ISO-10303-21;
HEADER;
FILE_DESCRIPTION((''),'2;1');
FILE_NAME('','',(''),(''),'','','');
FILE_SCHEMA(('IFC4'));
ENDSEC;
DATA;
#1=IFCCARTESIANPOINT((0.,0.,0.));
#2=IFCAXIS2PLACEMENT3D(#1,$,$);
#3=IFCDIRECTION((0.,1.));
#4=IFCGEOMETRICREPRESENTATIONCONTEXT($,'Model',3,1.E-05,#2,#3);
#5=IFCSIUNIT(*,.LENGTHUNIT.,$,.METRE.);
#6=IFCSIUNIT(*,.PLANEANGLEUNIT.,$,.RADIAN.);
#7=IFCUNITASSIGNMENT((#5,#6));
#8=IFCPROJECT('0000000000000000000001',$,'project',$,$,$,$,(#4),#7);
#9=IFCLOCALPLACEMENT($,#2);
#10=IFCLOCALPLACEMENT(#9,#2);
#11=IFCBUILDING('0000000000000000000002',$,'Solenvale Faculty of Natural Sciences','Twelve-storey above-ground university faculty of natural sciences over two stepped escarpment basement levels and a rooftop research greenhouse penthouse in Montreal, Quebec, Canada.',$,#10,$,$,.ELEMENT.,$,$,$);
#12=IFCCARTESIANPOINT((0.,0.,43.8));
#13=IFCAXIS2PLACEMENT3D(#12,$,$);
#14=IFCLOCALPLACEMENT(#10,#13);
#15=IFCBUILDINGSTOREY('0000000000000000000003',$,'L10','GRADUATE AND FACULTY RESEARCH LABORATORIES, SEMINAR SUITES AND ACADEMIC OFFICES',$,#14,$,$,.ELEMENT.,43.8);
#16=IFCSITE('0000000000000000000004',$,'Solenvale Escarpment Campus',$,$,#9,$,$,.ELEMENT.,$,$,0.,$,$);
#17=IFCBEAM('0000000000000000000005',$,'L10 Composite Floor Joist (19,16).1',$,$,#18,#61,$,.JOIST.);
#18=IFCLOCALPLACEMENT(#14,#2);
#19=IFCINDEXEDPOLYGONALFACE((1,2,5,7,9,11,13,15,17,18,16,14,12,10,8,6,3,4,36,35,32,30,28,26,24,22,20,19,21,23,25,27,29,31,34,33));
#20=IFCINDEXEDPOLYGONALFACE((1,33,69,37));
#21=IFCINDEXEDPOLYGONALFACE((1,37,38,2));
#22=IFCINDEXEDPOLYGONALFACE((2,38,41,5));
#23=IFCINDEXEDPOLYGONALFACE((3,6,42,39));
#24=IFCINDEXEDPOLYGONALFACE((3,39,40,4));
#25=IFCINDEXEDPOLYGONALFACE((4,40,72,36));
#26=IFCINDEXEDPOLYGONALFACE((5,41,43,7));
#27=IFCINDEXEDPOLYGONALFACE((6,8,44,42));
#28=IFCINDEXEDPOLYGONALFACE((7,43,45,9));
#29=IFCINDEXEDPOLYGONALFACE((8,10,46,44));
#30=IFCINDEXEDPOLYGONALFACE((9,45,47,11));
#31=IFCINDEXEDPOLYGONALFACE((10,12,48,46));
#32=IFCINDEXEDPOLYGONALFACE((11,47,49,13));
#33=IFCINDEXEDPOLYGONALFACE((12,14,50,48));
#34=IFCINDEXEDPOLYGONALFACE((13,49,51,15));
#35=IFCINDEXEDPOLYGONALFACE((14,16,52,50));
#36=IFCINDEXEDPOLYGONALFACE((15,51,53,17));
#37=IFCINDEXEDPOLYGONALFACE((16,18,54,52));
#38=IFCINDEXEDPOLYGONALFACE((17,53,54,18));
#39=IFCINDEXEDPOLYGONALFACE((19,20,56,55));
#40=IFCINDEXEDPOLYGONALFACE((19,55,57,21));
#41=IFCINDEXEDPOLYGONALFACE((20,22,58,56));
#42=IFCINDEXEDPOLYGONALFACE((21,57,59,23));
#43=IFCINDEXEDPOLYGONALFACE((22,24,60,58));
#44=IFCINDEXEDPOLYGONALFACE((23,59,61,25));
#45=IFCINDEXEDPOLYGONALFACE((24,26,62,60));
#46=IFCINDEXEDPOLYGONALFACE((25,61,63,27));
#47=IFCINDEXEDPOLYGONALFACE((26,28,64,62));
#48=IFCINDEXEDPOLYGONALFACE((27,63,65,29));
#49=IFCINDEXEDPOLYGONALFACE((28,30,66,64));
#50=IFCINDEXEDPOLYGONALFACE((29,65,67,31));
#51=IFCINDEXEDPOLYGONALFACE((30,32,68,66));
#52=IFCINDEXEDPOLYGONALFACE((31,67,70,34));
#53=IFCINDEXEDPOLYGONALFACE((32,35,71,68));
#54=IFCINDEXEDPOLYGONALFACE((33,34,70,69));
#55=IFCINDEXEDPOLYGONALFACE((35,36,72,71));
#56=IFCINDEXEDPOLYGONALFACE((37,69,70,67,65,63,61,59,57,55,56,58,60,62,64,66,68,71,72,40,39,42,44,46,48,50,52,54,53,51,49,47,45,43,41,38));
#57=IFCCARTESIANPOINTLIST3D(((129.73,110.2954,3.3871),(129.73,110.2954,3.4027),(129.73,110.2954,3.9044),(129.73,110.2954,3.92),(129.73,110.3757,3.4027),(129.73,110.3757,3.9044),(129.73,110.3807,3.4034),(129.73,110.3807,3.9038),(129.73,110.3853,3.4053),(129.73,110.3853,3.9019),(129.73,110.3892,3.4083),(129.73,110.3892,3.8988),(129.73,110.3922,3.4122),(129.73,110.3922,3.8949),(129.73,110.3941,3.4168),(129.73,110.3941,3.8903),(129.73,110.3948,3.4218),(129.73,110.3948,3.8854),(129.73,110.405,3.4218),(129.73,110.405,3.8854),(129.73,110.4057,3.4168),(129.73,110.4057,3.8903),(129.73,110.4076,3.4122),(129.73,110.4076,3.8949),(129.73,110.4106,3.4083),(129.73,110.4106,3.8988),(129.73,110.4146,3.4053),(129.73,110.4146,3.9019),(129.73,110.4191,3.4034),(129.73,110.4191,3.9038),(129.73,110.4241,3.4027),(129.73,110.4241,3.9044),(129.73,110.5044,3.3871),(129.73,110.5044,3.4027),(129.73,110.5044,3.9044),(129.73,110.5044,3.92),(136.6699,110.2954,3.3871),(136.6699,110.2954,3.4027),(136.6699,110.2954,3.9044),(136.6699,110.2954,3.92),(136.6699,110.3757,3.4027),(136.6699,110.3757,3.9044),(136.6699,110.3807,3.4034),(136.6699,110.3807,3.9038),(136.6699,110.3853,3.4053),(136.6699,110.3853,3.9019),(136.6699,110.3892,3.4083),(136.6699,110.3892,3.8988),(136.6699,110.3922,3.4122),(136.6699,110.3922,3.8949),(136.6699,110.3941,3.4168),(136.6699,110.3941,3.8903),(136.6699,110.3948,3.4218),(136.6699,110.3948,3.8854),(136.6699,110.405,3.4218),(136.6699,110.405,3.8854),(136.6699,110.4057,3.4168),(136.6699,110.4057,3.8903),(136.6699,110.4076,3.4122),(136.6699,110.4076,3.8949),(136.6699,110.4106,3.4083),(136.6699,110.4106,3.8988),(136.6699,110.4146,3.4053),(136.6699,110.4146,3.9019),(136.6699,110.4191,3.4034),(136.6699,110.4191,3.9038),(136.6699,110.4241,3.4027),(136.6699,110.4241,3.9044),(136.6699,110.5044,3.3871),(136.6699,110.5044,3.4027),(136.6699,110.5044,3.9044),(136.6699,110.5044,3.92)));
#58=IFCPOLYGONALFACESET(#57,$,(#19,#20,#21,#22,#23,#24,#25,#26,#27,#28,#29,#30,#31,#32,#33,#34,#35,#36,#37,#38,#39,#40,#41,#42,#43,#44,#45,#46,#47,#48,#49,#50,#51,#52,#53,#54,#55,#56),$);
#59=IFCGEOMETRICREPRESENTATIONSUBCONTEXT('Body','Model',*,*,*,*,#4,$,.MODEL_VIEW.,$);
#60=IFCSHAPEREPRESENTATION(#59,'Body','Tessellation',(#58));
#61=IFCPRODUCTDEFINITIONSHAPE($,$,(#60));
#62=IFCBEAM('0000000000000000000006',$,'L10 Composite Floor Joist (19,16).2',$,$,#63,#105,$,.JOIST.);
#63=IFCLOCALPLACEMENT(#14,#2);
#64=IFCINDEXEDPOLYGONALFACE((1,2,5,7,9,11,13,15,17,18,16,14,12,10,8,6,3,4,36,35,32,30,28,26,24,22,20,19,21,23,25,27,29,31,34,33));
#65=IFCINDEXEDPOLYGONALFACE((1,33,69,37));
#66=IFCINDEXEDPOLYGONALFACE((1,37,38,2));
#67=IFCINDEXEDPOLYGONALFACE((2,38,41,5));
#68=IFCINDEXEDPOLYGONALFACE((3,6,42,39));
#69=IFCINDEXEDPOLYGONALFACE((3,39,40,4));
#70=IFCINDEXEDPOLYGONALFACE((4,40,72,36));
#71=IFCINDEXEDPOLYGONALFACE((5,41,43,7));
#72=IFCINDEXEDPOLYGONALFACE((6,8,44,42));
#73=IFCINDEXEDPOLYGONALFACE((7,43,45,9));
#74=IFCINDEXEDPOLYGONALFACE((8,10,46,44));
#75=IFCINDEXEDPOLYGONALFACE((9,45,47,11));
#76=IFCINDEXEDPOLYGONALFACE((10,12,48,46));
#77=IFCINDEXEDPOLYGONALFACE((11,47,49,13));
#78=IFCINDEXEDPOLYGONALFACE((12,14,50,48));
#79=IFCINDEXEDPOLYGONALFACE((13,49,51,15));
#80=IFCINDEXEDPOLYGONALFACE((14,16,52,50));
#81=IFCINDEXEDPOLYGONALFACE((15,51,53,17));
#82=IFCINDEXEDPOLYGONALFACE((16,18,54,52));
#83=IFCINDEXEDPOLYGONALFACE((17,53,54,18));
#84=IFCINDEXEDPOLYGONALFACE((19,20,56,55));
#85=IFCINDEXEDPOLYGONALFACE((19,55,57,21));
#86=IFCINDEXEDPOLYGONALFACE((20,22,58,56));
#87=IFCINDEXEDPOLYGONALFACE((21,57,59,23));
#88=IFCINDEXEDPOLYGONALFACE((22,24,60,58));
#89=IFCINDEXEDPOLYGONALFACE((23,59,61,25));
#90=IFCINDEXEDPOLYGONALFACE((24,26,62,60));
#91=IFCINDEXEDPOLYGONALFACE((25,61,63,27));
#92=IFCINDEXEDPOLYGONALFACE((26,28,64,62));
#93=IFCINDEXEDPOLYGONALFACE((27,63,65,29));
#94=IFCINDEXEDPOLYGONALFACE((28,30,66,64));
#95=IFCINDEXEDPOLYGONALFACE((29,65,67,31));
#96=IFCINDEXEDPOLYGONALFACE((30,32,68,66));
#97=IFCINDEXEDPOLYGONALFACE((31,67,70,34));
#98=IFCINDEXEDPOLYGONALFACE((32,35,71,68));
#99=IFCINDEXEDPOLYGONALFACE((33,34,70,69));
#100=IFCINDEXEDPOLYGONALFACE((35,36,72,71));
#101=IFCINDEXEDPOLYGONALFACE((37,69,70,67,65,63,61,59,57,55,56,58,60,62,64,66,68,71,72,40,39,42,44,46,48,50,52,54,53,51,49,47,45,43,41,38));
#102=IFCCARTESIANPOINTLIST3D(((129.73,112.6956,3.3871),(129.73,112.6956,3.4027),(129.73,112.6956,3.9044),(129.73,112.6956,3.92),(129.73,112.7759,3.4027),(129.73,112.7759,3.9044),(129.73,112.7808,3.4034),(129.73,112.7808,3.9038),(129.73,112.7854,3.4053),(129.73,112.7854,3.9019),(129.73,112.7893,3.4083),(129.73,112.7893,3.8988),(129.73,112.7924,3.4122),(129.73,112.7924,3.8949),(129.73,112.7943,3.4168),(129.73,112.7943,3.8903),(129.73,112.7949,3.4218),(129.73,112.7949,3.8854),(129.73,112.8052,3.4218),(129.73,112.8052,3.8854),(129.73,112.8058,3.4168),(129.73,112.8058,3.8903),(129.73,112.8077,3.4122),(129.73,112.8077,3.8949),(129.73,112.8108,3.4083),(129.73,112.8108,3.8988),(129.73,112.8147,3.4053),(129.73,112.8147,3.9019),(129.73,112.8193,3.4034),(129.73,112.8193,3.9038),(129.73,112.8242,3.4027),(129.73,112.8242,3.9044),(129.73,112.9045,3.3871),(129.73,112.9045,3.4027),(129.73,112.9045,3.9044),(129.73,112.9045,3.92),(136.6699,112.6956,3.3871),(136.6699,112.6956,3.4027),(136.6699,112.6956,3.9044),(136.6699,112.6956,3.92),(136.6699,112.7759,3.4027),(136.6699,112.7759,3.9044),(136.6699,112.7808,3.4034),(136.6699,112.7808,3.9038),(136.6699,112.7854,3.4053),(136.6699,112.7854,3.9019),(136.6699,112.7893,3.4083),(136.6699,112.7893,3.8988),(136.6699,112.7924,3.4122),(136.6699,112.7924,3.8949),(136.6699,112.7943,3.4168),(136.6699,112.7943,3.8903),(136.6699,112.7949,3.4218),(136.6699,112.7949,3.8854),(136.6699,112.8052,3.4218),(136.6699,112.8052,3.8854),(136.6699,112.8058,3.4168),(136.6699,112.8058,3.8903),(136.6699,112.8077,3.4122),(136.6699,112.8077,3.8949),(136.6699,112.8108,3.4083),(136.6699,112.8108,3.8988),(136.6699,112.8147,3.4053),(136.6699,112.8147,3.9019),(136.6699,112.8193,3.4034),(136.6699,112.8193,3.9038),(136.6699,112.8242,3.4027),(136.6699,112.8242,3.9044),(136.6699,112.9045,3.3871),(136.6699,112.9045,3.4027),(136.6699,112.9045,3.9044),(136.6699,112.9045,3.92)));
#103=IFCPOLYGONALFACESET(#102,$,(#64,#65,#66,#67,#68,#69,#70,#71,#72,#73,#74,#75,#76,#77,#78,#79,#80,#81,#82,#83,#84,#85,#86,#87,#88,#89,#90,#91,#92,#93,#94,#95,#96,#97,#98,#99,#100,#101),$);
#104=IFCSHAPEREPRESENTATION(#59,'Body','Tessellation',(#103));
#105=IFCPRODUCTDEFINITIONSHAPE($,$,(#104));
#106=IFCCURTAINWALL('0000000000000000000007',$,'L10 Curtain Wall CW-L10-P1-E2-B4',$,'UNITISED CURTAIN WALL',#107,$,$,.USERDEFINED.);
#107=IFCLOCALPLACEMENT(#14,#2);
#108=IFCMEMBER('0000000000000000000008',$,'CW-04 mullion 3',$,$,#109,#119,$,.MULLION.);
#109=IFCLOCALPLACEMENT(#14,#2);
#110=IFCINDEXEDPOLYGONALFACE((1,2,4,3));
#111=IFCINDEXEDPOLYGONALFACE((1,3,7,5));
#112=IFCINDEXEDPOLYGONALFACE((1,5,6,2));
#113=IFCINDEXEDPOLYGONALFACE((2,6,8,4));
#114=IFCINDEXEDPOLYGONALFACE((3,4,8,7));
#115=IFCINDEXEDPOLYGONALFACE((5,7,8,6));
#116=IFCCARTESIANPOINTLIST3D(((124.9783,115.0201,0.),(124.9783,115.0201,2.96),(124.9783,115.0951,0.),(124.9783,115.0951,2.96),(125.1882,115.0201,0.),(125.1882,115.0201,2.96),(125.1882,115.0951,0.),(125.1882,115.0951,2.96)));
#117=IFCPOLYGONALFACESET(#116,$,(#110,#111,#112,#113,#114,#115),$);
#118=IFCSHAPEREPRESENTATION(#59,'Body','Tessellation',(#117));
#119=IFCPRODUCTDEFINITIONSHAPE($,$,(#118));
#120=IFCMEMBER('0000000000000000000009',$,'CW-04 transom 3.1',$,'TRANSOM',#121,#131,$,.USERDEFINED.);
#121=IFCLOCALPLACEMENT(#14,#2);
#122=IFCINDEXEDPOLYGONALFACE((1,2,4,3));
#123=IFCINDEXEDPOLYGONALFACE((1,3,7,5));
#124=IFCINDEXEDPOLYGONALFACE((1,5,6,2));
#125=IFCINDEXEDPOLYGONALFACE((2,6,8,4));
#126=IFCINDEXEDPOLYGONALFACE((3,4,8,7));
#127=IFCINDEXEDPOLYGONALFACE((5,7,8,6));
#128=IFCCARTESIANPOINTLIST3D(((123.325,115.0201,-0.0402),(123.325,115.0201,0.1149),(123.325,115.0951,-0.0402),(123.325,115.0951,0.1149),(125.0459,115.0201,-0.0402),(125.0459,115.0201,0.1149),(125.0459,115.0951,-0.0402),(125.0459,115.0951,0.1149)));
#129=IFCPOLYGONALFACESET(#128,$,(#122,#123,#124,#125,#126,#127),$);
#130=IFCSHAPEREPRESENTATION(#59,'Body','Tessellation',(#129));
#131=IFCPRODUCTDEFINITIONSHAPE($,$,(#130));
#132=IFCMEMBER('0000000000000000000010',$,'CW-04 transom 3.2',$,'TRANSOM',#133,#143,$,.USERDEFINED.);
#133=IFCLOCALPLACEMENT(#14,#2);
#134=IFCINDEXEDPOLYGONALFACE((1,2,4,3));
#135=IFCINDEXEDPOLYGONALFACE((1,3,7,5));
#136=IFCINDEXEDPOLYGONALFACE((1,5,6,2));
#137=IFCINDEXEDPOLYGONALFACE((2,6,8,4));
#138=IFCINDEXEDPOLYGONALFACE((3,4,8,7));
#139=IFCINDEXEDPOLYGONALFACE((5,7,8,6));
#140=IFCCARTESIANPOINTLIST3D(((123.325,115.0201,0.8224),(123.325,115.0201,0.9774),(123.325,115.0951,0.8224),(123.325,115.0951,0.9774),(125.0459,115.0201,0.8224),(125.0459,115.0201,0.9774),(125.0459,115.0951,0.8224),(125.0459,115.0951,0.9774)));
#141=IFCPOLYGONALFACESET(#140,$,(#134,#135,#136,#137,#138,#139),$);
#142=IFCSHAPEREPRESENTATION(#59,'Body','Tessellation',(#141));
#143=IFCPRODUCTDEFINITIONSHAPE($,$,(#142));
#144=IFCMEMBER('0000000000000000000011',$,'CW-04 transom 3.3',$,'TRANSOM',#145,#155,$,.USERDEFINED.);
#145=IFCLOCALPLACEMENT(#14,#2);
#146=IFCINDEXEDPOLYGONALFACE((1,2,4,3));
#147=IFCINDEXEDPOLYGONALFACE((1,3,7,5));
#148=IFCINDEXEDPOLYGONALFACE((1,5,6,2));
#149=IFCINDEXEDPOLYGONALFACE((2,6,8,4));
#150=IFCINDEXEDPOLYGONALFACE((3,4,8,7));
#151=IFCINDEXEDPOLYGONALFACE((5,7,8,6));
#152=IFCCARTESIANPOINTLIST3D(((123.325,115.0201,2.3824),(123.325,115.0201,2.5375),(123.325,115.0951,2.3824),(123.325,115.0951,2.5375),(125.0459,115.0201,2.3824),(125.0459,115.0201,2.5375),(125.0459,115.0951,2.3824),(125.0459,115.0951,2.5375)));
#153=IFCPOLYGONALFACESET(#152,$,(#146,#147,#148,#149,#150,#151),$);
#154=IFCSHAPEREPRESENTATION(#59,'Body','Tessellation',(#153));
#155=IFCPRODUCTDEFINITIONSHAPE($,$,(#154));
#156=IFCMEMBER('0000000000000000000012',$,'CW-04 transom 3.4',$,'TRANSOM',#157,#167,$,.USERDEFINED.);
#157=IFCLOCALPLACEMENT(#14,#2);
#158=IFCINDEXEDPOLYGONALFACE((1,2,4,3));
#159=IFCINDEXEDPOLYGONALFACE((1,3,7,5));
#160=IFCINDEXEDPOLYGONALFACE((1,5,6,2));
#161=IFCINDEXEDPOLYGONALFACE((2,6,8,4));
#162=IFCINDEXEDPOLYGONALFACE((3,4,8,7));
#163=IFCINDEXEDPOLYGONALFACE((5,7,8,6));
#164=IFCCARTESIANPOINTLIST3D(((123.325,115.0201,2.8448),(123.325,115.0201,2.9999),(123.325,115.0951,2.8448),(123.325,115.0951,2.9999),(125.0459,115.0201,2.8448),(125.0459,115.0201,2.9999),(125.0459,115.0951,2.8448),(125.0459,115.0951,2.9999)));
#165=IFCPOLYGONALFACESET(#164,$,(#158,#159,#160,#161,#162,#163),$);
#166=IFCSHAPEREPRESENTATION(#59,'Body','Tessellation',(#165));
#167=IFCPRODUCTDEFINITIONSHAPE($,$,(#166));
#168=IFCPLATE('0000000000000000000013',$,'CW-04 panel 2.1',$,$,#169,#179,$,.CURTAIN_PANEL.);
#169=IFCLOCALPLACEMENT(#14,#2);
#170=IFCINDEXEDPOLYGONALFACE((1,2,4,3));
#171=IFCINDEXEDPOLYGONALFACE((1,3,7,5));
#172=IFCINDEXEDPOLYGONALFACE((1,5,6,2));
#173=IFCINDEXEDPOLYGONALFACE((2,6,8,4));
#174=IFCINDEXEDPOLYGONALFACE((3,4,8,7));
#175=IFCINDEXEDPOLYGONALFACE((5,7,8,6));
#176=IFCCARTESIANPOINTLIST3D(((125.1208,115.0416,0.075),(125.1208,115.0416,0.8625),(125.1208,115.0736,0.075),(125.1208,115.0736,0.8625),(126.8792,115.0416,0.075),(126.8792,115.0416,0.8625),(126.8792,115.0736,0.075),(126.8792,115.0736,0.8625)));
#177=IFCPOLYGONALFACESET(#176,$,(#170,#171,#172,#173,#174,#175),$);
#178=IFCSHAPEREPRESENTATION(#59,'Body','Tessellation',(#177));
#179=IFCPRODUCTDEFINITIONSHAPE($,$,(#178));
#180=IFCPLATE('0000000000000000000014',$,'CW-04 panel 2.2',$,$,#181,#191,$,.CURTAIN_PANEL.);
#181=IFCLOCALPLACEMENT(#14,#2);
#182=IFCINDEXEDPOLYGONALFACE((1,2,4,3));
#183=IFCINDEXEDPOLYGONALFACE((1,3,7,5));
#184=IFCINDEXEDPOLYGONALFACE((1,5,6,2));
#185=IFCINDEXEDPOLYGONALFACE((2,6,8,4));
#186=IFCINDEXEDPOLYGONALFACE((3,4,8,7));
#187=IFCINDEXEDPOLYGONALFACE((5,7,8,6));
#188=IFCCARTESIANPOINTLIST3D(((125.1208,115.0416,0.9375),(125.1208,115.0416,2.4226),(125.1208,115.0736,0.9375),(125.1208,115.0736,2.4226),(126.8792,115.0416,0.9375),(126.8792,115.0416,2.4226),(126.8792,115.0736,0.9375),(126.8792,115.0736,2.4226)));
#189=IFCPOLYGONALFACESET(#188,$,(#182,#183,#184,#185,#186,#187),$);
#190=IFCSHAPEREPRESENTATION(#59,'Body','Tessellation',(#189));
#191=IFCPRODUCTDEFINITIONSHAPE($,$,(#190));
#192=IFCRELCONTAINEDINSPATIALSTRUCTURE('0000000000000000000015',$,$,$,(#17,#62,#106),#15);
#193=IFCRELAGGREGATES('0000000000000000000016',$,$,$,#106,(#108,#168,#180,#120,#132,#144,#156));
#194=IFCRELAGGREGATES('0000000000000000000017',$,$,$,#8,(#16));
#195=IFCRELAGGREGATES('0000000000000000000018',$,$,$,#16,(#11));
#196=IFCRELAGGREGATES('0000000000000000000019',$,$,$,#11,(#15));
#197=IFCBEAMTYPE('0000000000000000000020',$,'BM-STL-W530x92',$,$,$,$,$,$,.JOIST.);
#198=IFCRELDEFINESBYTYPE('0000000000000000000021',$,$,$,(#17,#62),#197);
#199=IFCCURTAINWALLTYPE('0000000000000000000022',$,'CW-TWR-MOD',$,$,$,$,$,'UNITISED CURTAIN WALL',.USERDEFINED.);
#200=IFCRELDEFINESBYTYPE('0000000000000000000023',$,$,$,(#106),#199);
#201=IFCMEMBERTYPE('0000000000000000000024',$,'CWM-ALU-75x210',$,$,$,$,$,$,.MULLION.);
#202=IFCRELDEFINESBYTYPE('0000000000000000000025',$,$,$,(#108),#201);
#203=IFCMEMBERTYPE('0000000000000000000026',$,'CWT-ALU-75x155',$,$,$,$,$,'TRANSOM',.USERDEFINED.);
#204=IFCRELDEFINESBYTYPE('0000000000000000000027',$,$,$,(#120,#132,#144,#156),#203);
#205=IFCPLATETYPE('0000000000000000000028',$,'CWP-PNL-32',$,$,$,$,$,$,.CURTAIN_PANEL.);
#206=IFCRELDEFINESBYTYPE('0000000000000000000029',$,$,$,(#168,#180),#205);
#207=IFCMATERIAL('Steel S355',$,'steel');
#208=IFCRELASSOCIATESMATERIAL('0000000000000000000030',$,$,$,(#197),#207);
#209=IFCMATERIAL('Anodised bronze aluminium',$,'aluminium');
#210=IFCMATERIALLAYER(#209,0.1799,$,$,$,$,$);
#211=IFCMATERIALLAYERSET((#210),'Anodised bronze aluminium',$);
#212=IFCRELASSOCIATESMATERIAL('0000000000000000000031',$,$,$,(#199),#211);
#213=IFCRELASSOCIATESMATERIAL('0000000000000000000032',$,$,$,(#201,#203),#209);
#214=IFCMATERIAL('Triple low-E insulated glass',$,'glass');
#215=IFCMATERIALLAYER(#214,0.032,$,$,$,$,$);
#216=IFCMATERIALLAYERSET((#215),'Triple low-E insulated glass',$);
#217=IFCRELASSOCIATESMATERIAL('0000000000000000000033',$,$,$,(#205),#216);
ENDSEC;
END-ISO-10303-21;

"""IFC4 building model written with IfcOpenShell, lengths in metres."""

from ifc_helpers import new_model, si_unit, direction, frame, origin, origin_2d, place, context, subcontext, project, spatial, rectangle, i_section, extrude, material, layer, layer_set, material_profile, profile_set, type_object, element, aggregate, save


model = new_model("IFC4")

# Units and contexts
model_context = context("Model", 3, precision=1e-05, world=origin(), true_north=direction((0.0, 1.0)))
body_context = subcontext(model_context, "Body", "Model", "MODEL_VIEW")
ifc_project = project(units=[si_unit("LENGTHUNIT", "METRE"), si_unit("PLANEANGLEUNIT", "RADIAN")], contexts=[model_context])

# Site, building, storey
site_placement = place(None, origin())
site = spatial("IfcSite", under=ifc_project, at=site_placement, Name="Solenvale Escarpment Campus", CompositionType="ELEMENT", RefElevation=0.0)
building_placement = place(site_placement, origin())
building = spatial("IfcBuilding", under=site, at=building_placement, Name="Solenvale Faculty of Natural Sciences", Description="Twelve-storey above-ground university faculty of natural sciences over two stepped escarpment basement levels and a rooftop research greenhouse penthouse in Montreal, Quebec, Canada.", CompositionType="ELEMENT")
storey_placement = place(building_placement, frame((0.0, 0.0, 43.8)))
storey = spatial("IfcBuildingStorey", under=building, at=storey_placement, Name="L10", Description="GRADUATE AND FACULTY RESEARCH LABORATORIES, SEMINAR SUITES AND ACADEMIC OFFICES", CompositionType="ELEMENT", Elevation=43.8)

# Beams
ifc_material_1 = material(Name="Steel S355", Category="steel")
ifc_material_profile_1 = material_profile(ifc_material_1, i_section(OverallWidth=0.209, OverallDepth=0.533, WebThickness=0.0103, FlangeThickness=0.0156, FilletRadius=0.019, at=origin_2d()), Name="W530x92")
ifc_profile_set_1 = profile_set([ifc_material_profile_1], Name="Steel S355")
beam_type_1 = type_object("IfcBeamType", Name="BM-STL-W530x92", PredefinedType="JOIST", material=ifc_profile_set_1)
for number, where, z_axis, x_axis, name in (
    (1, (129.73, 110.3999, 3.6536), (1.0, 0.0, 0.0), (0.0, 1.0, 0.0), "L10 Composite Floor Joist (19,16).1"),
    (2, (129.73, 112.8, 3.6536), (1.0, 0.0, 0.0), (0.0, 1.0, 0.0), "L10 Composite Floor Joist (19,16).2"),
):
    element("IfcBeam", number, at=place(storey_placement, frame(where, z_axis=z_axis, x_axis=x_axis)), inside=storey, type_object=beam_type_1, Name=name, PredefinedType="JOIST", context=body_context, shape_type="SweptSolid", body=[
        extrude(i_section(OverallWidth=0.209, OverallDepth=0.533, WebThickness=0.0103, FlangeThickness=0.0156, FilletRadius=0.019, at=origin_2d()), origin(), (0.0, 0.0, 1.0), 6.9399),
    ])

# Curtain wall, members, plates
ifc_material_2 = material(Name="Anodised bronze aluminium", Category="aluminium")
ifc_layer_1 = layer(ifc_material_2, 0.1799)
ifc_layer_set_1 = layer_set([ifc_layer_1], Name="Anodised bronze aluminium")
curtain_wall_type = type_object("IfcCurtainWallType", Name="CW-TWR-MOD", ElementType="UNITISED CURTAIN WALL", PredefinedType="USERDEFINED", material=ifc_layer_set_1)
curtain_wall_placement = place(storey_placement, origin())
curtain_wall = element("IfcCurtainWall", 3, at=curtain_wall_placement, inside=storey, type_object=curtain_wall_type, Name="L10 Curtain Wall CW-L10-P1-E2-B4", ObjectType="UNITISED CURTAIN WALL", PredefinedType="USERDEFINED")
ifc_material_profile_2 = material_profile(ifc_material_2, rectangle(XDim=0.075, YDim=0.21, at=origin_2d()), Name="ALU-MUL-75x210")
ifc_profile_set_2 = profile_set([ifc_material_profile_2], Name="Anodised bronze aluminium")
member_type_1 = type_object("IfcMemberType", Name="CWM-ALU-75x210", PredefinedType="MULLION", material=ifc_profile_set_2)
member_1_placement = place(storey_placement, frame((125.0833, 115.0576, 0.0), z_axis=(0.0, 0.0, 1.0), x_axis=(0.0, -1.0, 0.0)))
member_1 = element("IfcMember", 4, at=member_1_placement, type_object=member_type_1, Name="CW-04 mullion 3", PredefinedType="MULLION", context=body_context, shape_type="SweptSolid", body=[
    extrude(rectangle(XDim=0.075, YDim=0.21, at=origin_2d()), origin(), (0.0, 0.0, 1.0), 2.96),
])
ifc_material_profile_3 = material_profile(ifc_material_2, rectangle(XDim=0.075, YDim=0.155, at=origin_2d()), Name="ALU-TRN-75x155")
ifc_profile_set_3 = profile_set([ifc_material_profile_3], Name="Anodised bronze aluminium")
member_type_2 = type_object("IfcMemberType", Name="CWT-ALU-75x155", ElementType="TRANSOM", PredefinedType="USERDEFINED", material=ifc_profile_set_3)
member_2_placement = place(storey_placement, frame((125.0459, 115.0576, 0.0374), z_axis=(-1.0, 0.0, 0.0), x_axis=(0.0, -1.0, 0.0)))
member_2 = element("IfcMember", 5, at=member_2_placement, type_object=member_type_2, Name="CW-04 transom 3.1", ObjectType="TRANSOM", PredefinedType="USERDEFINED", context=body_context, shape_type="SweptSolid", body=[
    extrude(rectangle(XDim=0.075, YDim=0.155, at=origin_2d()), origin(), (0.0, 0.0, 1.0), 1.7209),
])
member_3_placement = place(storey_placement, frame((125.0459, 115.0576, 0.8999), z_axis=(-1.0, 0.0, 0.0), x_axis=(0.0, -1.0, 0.0)))
member_3 = element("IfcMember", 6, at=member_3_placement, type_object=member_type_2, Name="CW-04 transom 3.2", ObjectType="TRANSOM", PredefinedType="USERDEFINED", context=body_context, shape_type="SweptSolid", body=[
    extrude(rectangle(XDim=0.075, YDim=0.155, at=origin_2d()), origin(), (0.0, 0.0, 1.0), 1.7209),
])
member_4_placement = place(storey_placement, frame((125.0459, 115.0576, 2.46), z_axis=(-1.0, 0.0, 0.0), x_axis=(0.0, -1.0, 0.0)))
member_4 = element("IfcMember", 7, at=member_4_placement, type_object=member_type_2, Name="CW-04 transom 3.3", ObjectType="TRANSOM", PredefinedType="USERDEFINED", context=body_context, shape_type="SweptSolid", body=[
    extrude(rectangle(XDim=0.075, YDim=0.155, at=origin_2d()), origin(), (0.0, 0.0, 1.0), 1.7209),
])
member_5_placement = place(storey_placement, frame((125.0459, 115.0576, 2.9224), z_axis=(-1.0, 0.0, 0.0), x_axis=(0.0, -1.0, 0.0)))
member_5 = element("IfcMember", 8, at=member_5_placement, type_object=member_type_2, Name="CW-04 transom 3.4", ObjectType="TRANSOM", PredefinedType="USERDEFINED", context=body_context, shape_type="SweptSolid", body=[
    extrude(rectangle(XDim=0.075, YDim=0.155, at=origin_2d()), origin(), (0.0, 0.0, 1.0), 1.7209),
])
ifc_material_3 = material(Name="Triple low-E insulated glass", Category="glass")
ifc_layer_2 = layer(ifc_material_3, 0.032)
ifc_layer_set_2 = layer_set([ifc_layer_2], Name="Triple low-E insulated glass")
plate_type = type_object("IfcPlateType", Name="CWP-PNL-32", PredefinedType="CURTAIN_PANEL", material=ifc_layer_set_2)
plate_1_placement = place(storey_placement, frame((126.0, 115.0576, 0.075), z_axis=(0.0, 0.0, 1.0), x_axis=(-1.0, 0.0, 0.0)))
plate_1 = element("IfcPlate", 9, at=plate_1_placement, type_object=plate_type, Name="CW-04 panel 2.1", PredefinedType="CURTAIN_PANEL", context=body_context, shape_type="SweptSolid", body=[
    extrude(rectangle(XDim=1.7583, YDim=0.032, at=origin_2d()), origin(), (0.0, 0.0, 1.0), 0.7876),
])
plate_2_placement = place(storey_placement, frame((126.0, 115.0576, 0.9375), z_axis=(0.0, 0.0, 1.0), x_axis=(-1.0, 0.0, 0.0)))
plate_2 = element("IfcPlate", 10, at=plate_2_placement, type_object=plate_type, Name="CW-04 panel 2.2", PredefinedType="CURTAIN_PANEL", context=body_context, shape_type="SweptSolid", body=[
    extrude(rectangle(XDim=1.7583, YDim=0.032, at=origin_2d()), origin(), (0.0, 0.0, 1.0), 1.4851),
])
aggregate(curtain_wall, [member_1, plate_1, plate_2, member_2, member_3, member_4, member_5])

save(model, "model.ifc")
